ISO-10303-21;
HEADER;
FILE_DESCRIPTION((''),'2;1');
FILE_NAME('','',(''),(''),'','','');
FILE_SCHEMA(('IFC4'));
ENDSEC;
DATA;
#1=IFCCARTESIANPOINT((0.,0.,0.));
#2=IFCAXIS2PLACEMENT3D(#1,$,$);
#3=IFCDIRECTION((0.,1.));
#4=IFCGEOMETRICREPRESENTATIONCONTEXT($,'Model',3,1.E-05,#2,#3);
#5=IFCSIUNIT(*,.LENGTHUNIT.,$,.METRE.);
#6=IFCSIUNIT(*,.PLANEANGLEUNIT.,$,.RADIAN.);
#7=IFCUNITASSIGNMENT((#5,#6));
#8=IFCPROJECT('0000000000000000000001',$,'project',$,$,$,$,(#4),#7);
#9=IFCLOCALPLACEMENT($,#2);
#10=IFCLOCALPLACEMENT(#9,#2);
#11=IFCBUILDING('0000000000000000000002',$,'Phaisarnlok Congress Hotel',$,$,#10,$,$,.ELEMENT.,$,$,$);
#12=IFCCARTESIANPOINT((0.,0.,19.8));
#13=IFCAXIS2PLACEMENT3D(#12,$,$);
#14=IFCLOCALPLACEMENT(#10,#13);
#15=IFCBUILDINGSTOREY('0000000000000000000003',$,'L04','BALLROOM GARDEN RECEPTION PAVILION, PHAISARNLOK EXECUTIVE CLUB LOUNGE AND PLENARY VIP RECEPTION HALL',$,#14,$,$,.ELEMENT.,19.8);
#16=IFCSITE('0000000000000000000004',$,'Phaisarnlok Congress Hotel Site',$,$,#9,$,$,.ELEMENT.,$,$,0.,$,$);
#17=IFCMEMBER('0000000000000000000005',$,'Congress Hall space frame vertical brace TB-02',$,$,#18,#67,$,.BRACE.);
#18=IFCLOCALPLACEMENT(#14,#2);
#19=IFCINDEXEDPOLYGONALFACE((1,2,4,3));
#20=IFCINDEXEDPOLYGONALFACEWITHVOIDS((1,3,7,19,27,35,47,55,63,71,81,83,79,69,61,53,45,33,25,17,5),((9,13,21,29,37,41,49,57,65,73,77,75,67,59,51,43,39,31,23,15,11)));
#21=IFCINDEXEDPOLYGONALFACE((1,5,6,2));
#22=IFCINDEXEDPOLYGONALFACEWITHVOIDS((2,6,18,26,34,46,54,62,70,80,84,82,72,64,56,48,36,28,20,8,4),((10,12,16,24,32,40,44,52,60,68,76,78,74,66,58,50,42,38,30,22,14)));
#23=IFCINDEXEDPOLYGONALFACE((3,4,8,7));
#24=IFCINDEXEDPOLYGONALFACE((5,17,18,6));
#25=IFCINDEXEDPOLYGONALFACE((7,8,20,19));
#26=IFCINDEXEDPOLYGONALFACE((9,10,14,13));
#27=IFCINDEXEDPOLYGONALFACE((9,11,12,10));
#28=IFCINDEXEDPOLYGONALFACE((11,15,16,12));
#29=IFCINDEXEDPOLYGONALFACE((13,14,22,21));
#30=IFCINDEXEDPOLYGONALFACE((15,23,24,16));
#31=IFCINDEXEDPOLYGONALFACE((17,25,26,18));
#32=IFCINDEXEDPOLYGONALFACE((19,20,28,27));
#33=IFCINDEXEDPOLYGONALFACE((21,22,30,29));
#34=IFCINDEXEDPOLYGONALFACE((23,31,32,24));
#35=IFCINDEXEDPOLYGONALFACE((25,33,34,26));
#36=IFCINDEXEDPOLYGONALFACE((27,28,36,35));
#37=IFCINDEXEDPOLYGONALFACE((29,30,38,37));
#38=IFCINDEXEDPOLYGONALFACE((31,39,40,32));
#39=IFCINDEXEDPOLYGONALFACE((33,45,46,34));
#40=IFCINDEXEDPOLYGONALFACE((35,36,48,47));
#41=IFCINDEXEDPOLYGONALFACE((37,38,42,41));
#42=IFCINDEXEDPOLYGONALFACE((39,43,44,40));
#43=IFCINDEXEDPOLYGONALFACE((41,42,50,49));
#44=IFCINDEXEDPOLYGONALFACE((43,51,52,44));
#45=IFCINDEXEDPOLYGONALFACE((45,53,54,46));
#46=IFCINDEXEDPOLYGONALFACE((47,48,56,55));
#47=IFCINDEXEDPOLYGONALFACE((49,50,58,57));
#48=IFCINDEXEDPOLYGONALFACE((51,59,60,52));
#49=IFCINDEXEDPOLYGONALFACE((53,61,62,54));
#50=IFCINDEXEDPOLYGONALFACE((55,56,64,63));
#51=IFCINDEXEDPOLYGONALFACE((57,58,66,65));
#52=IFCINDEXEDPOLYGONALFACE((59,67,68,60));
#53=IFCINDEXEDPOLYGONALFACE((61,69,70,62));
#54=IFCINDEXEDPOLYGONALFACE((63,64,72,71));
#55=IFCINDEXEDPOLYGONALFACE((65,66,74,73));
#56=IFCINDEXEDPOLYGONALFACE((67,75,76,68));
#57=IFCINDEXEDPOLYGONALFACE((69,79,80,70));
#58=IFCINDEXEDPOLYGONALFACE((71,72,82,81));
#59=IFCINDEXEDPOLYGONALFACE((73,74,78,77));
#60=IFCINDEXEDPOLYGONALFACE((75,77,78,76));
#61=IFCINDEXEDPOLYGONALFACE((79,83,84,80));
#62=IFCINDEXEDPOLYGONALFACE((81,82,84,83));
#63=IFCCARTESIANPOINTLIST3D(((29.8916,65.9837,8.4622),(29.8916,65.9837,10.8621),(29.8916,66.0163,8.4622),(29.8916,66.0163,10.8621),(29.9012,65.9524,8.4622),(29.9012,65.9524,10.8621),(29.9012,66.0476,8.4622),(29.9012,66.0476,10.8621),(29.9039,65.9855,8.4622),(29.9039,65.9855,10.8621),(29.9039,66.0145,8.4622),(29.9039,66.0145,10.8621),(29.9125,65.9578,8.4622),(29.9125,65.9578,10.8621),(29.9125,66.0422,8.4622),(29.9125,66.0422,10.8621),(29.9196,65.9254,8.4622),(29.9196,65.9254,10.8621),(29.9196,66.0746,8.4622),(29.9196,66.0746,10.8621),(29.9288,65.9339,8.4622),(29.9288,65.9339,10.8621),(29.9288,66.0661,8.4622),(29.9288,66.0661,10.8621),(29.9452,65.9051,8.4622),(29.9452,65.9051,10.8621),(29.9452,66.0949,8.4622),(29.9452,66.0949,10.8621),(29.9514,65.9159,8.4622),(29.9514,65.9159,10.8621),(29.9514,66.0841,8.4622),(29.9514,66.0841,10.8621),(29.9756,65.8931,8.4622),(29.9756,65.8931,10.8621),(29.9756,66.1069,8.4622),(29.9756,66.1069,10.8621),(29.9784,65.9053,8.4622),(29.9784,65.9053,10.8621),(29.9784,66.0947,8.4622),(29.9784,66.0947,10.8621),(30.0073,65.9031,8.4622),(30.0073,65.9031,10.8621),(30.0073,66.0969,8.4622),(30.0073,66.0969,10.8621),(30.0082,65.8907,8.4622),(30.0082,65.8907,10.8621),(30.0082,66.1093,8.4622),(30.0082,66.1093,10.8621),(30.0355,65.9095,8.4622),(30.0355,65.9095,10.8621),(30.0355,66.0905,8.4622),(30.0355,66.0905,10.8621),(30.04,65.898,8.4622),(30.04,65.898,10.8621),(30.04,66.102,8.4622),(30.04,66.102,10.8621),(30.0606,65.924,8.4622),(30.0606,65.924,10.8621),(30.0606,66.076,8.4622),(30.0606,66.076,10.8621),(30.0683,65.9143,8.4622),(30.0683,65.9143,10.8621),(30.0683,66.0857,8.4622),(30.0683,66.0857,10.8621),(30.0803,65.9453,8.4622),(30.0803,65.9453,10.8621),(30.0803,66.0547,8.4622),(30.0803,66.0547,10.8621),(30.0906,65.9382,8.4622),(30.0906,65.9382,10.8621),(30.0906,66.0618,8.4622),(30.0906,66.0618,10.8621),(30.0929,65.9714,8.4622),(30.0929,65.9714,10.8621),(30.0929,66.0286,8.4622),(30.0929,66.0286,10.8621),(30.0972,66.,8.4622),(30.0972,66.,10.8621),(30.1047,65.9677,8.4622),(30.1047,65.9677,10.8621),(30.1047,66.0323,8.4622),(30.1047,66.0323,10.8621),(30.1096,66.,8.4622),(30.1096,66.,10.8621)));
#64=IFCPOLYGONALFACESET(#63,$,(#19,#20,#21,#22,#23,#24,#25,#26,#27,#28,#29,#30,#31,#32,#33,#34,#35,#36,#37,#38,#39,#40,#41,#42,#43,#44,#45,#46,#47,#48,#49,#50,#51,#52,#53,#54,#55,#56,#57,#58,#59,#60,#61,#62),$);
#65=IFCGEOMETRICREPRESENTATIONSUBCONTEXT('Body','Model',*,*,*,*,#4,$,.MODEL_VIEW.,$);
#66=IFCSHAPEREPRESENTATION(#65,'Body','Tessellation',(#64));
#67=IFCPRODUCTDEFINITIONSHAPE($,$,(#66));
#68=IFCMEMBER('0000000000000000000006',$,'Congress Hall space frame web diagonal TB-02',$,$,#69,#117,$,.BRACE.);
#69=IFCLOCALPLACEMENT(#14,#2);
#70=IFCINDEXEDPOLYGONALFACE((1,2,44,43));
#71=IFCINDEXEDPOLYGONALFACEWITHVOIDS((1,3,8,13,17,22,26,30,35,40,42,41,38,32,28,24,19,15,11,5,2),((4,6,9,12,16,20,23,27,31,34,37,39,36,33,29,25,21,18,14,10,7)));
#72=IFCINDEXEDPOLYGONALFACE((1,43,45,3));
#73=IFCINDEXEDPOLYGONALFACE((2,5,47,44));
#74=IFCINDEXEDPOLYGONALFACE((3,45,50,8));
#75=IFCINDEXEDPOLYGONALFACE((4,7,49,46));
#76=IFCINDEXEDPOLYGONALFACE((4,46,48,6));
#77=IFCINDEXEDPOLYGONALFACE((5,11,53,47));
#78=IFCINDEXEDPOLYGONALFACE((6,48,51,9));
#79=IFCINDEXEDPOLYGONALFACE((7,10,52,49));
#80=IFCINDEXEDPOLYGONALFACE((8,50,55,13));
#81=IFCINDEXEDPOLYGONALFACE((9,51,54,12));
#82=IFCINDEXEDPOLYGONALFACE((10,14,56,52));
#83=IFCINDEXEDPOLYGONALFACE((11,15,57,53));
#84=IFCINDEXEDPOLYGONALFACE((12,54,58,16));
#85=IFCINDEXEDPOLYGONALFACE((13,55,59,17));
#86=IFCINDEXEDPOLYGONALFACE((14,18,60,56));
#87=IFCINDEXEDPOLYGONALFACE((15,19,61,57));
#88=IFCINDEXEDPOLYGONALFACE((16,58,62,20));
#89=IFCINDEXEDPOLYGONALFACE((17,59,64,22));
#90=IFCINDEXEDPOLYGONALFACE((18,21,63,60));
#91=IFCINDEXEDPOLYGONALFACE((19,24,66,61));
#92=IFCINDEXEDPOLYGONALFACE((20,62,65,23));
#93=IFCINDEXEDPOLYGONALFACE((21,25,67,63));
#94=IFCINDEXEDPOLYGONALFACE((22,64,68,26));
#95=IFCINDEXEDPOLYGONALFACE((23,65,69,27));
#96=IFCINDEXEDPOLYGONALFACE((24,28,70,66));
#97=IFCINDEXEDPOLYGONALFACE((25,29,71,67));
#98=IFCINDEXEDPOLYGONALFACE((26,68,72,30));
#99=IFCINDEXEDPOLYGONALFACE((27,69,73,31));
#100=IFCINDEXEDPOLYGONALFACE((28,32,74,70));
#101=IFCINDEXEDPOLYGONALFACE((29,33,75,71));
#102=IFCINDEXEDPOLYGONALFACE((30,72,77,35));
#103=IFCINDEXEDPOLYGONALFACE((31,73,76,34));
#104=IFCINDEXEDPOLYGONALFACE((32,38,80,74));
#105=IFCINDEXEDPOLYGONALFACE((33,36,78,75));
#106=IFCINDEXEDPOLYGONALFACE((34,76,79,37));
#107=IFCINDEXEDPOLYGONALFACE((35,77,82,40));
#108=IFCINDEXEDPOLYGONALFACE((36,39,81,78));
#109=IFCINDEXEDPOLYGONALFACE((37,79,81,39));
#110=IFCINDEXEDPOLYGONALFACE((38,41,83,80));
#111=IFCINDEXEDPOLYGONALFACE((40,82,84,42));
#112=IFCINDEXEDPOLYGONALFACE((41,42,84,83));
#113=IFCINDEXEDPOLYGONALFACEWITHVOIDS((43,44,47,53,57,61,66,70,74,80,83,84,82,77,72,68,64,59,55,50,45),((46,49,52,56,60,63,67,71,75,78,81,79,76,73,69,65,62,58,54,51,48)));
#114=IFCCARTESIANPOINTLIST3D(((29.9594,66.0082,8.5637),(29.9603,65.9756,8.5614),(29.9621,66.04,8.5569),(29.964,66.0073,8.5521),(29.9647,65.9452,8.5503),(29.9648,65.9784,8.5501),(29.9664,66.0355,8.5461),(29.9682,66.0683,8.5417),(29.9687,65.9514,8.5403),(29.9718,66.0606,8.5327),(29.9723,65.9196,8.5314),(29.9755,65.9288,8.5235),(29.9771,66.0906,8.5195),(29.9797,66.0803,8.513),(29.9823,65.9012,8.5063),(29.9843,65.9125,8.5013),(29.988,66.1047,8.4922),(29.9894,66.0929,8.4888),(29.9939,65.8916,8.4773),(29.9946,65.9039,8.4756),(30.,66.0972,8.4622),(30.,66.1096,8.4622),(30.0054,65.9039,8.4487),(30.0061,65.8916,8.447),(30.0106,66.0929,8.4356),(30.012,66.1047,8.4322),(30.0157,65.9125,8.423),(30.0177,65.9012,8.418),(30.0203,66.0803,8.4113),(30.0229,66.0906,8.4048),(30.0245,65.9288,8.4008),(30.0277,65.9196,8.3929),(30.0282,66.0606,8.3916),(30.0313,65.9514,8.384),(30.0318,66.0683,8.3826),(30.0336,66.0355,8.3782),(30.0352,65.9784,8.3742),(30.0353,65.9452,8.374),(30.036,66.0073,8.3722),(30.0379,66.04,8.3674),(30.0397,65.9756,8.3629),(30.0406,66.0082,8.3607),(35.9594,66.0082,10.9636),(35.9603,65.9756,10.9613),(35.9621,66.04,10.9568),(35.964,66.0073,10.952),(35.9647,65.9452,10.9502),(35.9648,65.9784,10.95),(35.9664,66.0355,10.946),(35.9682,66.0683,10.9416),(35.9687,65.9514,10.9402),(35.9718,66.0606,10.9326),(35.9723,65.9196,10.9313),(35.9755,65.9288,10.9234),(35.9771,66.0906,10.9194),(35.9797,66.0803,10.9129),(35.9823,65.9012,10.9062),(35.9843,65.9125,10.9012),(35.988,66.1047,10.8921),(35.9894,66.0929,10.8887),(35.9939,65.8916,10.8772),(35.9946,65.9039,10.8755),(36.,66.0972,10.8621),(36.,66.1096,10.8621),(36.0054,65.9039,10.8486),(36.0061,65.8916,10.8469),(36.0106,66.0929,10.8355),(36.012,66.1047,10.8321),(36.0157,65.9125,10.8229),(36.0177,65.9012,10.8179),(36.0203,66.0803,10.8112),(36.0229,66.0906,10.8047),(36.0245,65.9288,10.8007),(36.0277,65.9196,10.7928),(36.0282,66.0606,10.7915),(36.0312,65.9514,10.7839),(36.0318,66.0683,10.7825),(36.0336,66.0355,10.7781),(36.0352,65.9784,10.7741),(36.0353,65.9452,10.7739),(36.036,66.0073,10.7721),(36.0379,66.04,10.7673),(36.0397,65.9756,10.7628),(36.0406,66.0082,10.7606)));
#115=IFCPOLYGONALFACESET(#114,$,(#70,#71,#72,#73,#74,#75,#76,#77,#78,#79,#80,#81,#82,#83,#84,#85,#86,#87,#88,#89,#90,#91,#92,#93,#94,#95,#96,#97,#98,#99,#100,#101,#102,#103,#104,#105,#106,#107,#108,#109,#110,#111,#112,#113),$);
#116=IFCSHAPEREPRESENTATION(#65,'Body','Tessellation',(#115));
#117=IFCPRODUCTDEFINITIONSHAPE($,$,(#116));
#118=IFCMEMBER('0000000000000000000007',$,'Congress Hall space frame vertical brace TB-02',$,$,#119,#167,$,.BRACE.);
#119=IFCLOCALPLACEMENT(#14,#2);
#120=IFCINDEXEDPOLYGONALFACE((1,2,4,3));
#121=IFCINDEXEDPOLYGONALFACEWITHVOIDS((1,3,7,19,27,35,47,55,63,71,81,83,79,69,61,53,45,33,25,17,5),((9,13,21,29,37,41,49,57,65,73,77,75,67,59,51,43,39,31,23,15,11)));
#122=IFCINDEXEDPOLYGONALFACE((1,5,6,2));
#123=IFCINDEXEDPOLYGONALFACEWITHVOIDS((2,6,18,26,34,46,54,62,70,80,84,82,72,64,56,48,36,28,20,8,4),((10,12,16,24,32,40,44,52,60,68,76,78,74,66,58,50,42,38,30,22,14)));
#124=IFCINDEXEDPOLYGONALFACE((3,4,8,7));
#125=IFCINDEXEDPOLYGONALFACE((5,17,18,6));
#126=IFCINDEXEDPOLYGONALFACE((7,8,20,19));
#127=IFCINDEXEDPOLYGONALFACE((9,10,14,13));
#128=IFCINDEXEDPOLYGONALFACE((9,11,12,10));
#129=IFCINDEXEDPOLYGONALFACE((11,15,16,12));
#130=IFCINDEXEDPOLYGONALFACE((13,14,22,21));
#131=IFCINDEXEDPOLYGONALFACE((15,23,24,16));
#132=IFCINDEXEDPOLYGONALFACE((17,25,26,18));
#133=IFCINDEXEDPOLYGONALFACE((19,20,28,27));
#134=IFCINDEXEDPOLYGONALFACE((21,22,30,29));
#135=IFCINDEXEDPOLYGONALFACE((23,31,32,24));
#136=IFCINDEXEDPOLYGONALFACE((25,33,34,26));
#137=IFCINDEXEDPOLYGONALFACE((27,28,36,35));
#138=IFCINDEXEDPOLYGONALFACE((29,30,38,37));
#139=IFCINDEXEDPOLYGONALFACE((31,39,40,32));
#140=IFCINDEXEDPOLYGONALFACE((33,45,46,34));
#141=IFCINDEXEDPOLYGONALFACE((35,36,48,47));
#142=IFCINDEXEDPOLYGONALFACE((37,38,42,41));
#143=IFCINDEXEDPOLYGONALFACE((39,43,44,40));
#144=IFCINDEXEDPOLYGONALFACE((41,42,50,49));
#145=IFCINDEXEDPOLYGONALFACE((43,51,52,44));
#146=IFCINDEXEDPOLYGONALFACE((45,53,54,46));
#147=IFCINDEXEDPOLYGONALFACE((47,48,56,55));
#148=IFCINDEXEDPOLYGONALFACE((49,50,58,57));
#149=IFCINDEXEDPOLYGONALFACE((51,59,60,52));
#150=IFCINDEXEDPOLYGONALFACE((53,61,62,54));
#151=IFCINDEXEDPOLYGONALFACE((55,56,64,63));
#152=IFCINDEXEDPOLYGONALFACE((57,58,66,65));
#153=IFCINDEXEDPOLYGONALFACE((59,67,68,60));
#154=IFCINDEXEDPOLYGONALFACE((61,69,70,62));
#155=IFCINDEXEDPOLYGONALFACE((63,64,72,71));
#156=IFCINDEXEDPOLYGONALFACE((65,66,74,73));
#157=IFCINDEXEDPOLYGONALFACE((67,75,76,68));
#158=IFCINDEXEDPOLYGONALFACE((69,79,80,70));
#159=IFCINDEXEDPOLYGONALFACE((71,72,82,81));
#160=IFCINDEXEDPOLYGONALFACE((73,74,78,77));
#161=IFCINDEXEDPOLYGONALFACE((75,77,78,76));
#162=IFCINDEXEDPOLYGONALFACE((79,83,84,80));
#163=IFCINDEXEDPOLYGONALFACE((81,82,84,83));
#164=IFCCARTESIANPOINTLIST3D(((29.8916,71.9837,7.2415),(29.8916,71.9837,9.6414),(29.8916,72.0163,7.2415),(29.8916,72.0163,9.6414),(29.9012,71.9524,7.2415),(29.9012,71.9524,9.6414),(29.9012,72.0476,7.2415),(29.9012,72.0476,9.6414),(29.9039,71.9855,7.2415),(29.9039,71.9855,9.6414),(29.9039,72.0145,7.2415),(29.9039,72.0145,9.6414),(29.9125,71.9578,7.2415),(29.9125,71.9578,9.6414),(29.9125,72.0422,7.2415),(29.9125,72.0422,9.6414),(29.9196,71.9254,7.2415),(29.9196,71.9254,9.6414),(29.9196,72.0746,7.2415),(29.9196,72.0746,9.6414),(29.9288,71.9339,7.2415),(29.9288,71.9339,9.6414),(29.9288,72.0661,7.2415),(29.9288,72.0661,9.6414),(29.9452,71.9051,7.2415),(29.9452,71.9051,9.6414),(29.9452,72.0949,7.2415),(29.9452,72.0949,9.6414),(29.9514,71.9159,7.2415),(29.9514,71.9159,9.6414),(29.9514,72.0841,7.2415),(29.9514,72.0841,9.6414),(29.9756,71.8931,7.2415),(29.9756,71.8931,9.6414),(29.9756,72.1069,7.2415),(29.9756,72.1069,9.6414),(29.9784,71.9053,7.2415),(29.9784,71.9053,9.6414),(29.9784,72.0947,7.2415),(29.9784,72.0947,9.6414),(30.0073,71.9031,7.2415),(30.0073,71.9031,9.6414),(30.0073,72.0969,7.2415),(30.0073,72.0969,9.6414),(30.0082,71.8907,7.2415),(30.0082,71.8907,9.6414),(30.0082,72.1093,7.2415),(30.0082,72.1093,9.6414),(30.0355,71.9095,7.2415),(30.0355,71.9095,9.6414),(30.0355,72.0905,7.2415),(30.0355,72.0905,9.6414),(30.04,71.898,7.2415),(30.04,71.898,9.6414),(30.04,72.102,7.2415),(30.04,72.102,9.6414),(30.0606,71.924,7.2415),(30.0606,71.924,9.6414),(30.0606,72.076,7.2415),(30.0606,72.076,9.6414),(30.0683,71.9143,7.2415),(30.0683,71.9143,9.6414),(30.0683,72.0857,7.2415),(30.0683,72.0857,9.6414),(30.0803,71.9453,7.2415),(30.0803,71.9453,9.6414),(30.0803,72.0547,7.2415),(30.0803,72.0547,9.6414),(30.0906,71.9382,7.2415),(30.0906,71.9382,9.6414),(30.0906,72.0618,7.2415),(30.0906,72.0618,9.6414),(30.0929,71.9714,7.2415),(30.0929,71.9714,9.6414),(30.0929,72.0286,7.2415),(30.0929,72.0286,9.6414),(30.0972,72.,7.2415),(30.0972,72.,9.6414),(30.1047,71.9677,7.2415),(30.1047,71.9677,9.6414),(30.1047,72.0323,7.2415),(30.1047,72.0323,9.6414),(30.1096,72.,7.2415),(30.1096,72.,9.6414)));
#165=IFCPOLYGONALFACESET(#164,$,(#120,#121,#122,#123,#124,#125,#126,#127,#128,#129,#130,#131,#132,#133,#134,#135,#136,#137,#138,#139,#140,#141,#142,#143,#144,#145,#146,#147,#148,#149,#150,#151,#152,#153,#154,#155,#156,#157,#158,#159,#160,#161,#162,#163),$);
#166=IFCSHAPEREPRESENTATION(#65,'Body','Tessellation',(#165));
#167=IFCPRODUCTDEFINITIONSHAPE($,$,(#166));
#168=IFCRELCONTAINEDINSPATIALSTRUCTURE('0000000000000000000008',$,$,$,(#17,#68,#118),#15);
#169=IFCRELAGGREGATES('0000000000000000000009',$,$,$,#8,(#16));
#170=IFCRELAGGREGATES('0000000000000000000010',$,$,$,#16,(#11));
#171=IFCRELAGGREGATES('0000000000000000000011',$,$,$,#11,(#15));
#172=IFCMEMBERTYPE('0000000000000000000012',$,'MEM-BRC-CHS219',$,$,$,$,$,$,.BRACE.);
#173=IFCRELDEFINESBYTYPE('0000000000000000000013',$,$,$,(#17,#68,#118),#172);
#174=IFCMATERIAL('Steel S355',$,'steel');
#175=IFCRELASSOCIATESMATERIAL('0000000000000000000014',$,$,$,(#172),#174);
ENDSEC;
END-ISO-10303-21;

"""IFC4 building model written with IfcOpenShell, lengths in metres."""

from ifc_helpers import new_model, si_unit, direction, frame, origin, origin_2d, place, context, subcontext, project, spatial, hollow_circle, extrude, material, material_profile, profile_set, type_object, element, save


model = new_model("IFC4")

# Units and contexts
model_context = context("Model", 3, precision=1e-05, world=origin(), true_north=direction((0.0, 1.0)))
body_context = subcontext(model_context, "Body", "Model", "MODEL_VIEW")
ifc_project = project(units=[si_unit("LENGTHUNIT", "METRE"), si_unit("PLANEANGLEUNIT", "RADIAN")], contexts=[model_context])

# Site, building, storey
site_placement = place(None, origin())
site = spatial("IfcSite", under=ifc_project, at=site_placement, Name="Phaisarnlok Congress Hotel Site", CompositionType="ELEMENT", RefElevation=0.0)
building_placement = place(site_placement, origin())
building = spatial("IfcBuilding", under=site, at=building_placement, Name="Phaisarnlok Congress Hotel", CompositionType="ELEMENT")
storey_placement = place(building_placement, frame((0.0, 0.0, 19.8)))
storey = spatial("IfcBuildingStorey", under=building, at=storey_placement, Name="L04", Description="BALLROOM GARDEN RECEPTION PAVILION, PHAISARNLOK EXECUTIVE CLUB LOUNGE AND PLENARY VIP RECEPTION HALL", CompositionType="ELEMENT", Elevation=19.8)

# Members
ifc_material = material(Name="Steel S355", Category="steel")
ifc_material_profile_1 = material_profile(ifc_material, hollow_circle(Radius=0.1096, WallThickness=0.0125, at=origin_2d()), Name="CHS 219.1x12.5")
ifc_profile_set_1 = profile_set([ifc_material_profile_1], Name="Steel S355")
member_type_1 = type_object("IfcMemberType", Name="MEM-BRC-CHS219", PredefinedType="BRACE", material=ifc_profile_set_1)
member_1_placement = place(storey_placement, frame((30.0, 66.0, 8.4622), z_axis=(0.0, 0.0, 1.0), x_axis=(1.0, 0.0, 0.0)))
element("IfcMember", 1, at=member_1_placement, inside=storey, type_object=member_type_1, Name="Congress Hall space frame vertical brace TB-02", PredefinedType="BRACE", context=body_context, shape_type="SweptSolid", body=[
    extrude(hollow_circle(Radius=0.1096, WallThickness=0.0125, at=origin_2d()), origin(), (0.0, 0.0, 1.0), 2.3999),
])
member_2_placement = place(storey_placement, frame((30.0, 66.0, 8.4622), z_axis=(0.928482, 0.0, 0.371378), x_axis=(0.0, 1.0, 0.0)))
element("IfcMember", 2, at=member_2_placement, inside=storey, type_object=member_type_1, Name="Congress Hall space frame web diagonal TB-02", PredefinedType="BRACE", context=body_context, shape_type="SweptSolid", body=[
    extrude(hollow_circle(Radius=0.1096, WallThickness=0.0125, at=origin_2d()), origin(), (0.0, 0.0, 1.0), 6.4622),
])
member_3_placement = place(storey_placement, frame((30.0, 72.0, 7.2415), z_axis=(0.0, 0.0, 1.0), x_axis=(1.0, 0.0, 0.0)))
element("IfcMember", 3, at=member_3_placement, inside=storey, type_object=member_type_1, Name="Congress Hall space frame vertical brace TB-02", PredefinedType="BRACE", context=body_context, shape_type="SweptSolid", body=[
    extrude(hollow_circle(Radius=0.1096, WallThickness=0.0125, at=origin_2d()), origin(), (0.0, 0.0, 1.0), 2.3999),
])

save(model, "model.ifc")
